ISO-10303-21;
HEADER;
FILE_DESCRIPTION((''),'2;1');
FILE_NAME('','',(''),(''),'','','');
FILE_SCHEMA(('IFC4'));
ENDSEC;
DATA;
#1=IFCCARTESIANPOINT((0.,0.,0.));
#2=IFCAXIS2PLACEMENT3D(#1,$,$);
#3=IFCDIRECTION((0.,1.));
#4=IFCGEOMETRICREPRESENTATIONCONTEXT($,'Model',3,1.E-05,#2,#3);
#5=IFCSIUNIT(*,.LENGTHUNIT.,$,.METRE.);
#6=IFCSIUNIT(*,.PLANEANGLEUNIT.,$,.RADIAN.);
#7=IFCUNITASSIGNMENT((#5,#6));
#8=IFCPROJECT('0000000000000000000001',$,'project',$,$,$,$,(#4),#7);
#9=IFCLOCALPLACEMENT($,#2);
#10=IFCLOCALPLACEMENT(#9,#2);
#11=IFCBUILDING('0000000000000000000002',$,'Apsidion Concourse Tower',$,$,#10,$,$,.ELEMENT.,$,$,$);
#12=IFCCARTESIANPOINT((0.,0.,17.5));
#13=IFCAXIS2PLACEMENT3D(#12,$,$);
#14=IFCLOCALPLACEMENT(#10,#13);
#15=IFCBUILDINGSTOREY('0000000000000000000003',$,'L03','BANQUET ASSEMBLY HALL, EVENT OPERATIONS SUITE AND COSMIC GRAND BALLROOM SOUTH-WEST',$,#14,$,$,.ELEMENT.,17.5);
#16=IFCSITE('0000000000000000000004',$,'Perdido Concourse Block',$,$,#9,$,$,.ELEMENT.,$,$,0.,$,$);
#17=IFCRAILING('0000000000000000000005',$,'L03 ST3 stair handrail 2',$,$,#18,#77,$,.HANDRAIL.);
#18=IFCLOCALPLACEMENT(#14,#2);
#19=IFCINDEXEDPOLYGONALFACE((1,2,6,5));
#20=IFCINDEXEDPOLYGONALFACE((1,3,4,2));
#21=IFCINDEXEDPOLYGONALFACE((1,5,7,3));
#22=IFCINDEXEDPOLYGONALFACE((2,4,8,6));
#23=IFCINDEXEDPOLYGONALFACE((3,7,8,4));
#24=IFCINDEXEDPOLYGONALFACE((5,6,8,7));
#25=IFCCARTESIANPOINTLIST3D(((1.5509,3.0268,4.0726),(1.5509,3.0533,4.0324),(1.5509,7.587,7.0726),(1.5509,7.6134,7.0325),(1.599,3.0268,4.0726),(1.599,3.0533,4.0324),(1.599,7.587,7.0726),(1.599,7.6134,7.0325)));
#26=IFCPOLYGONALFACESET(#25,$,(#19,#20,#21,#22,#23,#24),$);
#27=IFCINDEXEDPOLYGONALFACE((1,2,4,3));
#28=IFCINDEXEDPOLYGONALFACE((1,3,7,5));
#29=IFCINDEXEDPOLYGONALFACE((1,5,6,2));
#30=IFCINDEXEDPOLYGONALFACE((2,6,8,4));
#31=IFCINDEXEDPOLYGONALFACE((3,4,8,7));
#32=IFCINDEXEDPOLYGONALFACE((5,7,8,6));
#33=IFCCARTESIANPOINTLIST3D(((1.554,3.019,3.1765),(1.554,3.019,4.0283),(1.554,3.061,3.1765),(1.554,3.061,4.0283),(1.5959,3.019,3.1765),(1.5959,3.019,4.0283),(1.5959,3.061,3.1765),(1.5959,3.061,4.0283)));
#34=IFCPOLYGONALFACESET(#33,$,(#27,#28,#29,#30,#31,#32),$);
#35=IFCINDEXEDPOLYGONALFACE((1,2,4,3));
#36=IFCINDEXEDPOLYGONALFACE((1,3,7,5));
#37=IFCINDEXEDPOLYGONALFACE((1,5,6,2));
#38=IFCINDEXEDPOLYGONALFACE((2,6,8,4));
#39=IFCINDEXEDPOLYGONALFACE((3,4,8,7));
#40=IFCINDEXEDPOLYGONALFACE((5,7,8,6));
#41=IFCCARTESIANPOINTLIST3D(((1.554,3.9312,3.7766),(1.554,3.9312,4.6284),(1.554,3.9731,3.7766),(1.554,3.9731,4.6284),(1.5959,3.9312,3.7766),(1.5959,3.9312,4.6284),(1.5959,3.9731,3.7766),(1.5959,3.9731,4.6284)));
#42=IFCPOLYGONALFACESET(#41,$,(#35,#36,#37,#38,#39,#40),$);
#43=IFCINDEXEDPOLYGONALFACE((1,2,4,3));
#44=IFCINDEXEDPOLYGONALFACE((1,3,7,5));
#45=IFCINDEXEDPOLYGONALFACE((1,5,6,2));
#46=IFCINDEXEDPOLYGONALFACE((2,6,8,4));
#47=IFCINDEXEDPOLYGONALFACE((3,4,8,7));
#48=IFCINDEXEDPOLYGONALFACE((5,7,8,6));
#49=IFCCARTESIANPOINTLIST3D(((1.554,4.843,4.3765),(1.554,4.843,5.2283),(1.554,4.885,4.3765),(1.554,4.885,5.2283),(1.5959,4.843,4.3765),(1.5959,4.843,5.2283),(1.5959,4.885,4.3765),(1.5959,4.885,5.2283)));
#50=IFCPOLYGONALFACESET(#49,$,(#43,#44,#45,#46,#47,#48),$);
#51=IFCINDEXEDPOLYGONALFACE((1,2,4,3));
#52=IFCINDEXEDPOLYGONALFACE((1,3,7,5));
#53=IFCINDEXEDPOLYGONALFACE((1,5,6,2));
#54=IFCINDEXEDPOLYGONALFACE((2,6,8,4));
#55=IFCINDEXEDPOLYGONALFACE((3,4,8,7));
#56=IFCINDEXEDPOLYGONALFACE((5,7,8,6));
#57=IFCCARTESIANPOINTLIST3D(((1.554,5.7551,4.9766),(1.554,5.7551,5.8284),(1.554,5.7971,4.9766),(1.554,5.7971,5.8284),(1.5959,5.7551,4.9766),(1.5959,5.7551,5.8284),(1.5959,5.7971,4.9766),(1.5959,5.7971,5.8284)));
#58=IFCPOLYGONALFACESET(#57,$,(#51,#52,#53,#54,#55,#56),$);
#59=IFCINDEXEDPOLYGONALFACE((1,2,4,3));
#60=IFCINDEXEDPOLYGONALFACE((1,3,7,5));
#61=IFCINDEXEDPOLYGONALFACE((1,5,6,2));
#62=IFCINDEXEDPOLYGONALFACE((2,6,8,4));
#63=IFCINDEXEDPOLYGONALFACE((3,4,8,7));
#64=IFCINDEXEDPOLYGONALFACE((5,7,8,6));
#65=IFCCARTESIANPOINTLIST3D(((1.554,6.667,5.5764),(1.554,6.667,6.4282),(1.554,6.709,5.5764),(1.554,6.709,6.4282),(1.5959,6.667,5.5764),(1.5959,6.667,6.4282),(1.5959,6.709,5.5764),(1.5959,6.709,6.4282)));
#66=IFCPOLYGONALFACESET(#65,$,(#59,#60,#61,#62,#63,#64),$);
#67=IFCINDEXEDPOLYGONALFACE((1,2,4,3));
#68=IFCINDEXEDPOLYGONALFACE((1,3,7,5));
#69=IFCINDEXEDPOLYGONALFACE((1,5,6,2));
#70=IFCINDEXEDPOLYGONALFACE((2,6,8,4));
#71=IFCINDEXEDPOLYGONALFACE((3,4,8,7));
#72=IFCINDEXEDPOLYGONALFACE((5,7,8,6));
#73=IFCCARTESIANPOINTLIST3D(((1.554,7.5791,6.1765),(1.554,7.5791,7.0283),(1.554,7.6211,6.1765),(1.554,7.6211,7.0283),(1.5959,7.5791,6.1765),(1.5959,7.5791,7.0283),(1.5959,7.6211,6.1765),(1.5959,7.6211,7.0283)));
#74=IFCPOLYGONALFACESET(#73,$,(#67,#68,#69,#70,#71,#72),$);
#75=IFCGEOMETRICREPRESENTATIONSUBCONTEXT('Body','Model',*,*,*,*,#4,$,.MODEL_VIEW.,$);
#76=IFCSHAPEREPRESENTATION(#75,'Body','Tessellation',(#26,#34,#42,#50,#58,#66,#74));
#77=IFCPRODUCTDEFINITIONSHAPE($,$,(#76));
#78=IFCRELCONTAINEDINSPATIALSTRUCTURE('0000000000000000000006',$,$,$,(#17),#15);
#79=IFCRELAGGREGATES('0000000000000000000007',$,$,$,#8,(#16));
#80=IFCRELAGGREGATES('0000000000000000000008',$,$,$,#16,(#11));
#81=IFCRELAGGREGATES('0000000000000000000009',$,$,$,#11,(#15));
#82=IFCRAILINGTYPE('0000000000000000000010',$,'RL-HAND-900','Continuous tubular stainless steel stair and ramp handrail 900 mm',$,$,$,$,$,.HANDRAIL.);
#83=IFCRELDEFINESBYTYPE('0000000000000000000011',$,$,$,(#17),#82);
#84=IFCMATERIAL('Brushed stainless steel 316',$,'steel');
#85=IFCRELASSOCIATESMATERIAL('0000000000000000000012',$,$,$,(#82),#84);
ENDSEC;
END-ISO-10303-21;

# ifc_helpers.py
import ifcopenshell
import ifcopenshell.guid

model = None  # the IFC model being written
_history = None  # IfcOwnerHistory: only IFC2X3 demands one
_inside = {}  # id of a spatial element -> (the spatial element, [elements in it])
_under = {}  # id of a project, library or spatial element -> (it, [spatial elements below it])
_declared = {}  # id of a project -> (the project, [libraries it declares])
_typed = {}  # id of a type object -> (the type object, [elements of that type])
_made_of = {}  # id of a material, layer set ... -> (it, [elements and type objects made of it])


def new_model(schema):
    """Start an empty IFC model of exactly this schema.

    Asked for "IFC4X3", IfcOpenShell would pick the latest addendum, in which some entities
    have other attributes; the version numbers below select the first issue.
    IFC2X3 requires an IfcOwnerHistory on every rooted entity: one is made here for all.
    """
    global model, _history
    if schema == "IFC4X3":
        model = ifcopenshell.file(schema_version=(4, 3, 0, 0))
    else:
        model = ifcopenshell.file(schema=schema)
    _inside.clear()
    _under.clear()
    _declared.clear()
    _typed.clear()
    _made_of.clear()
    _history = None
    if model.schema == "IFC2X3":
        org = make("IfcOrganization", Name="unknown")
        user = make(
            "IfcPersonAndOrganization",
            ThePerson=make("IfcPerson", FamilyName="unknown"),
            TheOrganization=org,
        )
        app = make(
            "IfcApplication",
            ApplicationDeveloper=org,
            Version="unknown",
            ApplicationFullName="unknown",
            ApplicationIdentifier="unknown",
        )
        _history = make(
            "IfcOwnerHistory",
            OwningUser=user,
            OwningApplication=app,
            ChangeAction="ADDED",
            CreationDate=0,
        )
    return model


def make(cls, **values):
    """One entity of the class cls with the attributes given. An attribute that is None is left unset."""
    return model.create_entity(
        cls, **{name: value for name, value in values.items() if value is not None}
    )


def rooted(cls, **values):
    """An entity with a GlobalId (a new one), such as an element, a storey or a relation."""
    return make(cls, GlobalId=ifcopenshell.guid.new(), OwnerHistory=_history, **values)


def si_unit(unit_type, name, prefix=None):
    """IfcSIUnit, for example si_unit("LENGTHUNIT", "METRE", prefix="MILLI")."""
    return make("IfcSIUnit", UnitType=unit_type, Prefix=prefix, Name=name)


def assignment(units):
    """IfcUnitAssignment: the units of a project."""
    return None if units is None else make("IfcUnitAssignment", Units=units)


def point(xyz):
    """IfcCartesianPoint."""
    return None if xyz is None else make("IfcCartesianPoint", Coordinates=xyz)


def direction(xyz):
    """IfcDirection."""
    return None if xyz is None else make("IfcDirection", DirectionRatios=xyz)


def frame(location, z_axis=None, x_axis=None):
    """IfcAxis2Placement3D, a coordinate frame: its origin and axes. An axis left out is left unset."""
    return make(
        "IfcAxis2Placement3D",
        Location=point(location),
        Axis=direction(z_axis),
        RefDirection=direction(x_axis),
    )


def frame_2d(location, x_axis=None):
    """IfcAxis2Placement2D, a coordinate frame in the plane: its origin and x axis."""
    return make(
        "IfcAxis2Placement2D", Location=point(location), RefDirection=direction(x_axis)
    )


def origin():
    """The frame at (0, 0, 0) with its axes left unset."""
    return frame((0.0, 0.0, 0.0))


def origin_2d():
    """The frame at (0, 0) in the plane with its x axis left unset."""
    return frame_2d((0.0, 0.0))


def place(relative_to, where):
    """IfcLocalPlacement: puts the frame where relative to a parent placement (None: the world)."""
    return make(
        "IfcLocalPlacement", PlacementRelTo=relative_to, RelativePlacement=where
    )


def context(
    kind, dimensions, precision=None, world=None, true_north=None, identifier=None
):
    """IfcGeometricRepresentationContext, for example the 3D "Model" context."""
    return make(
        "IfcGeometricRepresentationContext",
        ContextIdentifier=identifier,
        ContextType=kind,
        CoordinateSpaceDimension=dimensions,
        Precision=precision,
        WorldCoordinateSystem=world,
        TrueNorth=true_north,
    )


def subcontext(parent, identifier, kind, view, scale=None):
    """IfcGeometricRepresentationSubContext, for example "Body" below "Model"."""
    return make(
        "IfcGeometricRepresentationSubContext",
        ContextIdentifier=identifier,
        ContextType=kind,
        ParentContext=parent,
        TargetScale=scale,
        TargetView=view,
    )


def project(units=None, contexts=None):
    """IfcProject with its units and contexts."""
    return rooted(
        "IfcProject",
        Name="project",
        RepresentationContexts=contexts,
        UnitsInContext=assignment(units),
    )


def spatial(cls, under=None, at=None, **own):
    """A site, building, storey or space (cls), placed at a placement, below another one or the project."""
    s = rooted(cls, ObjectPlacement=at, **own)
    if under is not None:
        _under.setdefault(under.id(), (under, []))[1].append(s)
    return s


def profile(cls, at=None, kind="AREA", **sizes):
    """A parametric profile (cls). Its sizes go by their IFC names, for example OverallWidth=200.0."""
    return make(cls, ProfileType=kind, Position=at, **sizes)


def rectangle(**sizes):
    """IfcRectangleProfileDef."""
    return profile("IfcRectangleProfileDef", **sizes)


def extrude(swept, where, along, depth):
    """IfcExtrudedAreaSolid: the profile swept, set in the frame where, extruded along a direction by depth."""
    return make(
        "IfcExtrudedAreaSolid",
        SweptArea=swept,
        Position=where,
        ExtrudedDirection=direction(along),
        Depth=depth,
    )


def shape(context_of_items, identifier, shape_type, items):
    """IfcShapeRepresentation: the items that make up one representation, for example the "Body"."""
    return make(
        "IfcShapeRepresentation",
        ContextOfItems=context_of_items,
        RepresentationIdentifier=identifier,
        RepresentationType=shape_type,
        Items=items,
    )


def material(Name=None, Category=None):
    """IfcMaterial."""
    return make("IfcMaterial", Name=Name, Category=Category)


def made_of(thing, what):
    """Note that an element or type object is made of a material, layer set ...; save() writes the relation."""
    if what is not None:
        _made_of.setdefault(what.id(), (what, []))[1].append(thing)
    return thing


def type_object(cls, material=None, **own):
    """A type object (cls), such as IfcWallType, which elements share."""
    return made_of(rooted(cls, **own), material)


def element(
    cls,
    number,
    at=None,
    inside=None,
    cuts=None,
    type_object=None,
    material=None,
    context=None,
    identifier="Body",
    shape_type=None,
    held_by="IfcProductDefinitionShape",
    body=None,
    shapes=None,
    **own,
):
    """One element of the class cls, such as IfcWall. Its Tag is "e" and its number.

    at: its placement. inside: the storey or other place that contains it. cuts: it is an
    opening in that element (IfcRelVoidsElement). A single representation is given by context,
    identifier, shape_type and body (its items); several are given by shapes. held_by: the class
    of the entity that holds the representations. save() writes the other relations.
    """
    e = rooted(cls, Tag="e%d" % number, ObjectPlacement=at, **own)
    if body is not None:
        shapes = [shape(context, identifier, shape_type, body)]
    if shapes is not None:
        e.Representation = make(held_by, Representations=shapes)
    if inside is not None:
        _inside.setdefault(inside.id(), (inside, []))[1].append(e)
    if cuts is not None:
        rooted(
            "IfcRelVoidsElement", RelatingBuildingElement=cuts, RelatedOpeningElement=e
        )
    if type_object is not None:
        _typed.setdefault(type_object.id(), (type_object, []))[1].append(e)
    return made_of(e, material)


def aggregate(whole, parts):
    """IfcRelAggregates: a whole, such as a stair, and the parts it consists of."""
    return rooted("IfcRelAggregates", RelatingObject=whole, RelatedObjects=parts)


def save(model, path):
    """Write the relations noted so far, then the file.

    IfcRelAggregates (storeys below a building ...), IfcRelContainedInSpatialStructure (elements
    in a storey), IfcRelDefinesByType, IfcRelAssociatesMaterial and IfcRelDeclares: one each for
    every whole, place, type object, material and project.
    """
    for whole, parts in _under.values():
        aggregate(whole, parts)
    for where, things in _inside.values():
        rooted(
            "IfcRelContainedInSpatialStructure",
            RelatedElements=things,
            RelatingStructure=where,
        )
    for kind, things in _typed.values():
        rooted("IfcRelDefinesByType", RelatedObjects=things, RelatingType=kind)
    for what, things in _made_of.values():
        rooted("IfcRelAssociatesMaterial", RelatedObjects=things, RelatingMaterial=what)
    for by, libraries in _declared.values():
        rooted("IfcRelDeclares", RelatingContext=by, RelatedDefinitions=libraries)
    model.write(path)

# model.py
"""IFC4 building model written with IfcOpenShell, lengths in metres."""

from ifc_helpers import new_model, si_unit, direction, frame, origin, origin_2d, place, context, subcontext, project, spatial, rectangle, extrude, material, type_object, element, save


model = new_model("IFC4")

# Units and contexts
model_context = context("Model", 3, precision=1e-05, world=origin(), true_north=direction((0.0, 1.0)))
body_context = subcontext(model_context, "Body", "Model", "MODEL_VIEW")
ifc_project = project(units=[si_unit("LENGTHUNIT", "METRE"), si_unit("PLANEANGLEUNIT", "RADIAN")], contexts=[model_context])

# Site, building, storey
site_placement = place(None, origin())
site = spatial("IfcSite", under=ifc_project, at=site_placement, Name="Perdido Concourse Block", CompositionType="ELEMENT", RefElevation=0.0)
building_placement = place(site_placement, origin())
building = spatial("IfcBuilding", under=site, at=building_placement, Name="Apsidion Concourse Tower", CompositionType="ELEMENT")
storey_placement = place(building_placement, frame((0.0, 0.0, 17.5)))
storey = spatial("IfcBuildingStorey", under=building, at=storey_placement, Name="L03", Description="BANQUET ASSEMBLY HALL, EVENT OPERATIONS SUITE AND COSMIC GRAND BALLROOM SOUTH-WEST", CompositionType="ELEMENT", Elevation=17.5)

# Shared definitions
ifc_material_1 = material(Name="Brushed stainless steel 316", Category="steel")

# Railing
railing_type_1 = type_object("IfcRailingType", Name="RL-HAND-900", Description="Continuous tubular stainless steel stair and ramp handrail 900 mm", PredefinedType="HANDRAIL", material=ifc_material_1)
railing_1_placement = place(storey_placement, frame((1.575, 3.04, 3.1765)))
element("IfcRailing", 1, at=railing_1_placement, inside=storey, type_object=railing_type_1, Name="L03 ST3 stair handrail 2", PredefinedType="HANDRAIL", context=body_context, shape_type="SweptSolid", body=[
    extrude(rectangle(XDim=0.0481, YDim=0.0481, at=origin_2d()), frame((0.0, 0.0, 0.876), z_axis=(0.0, 0.83542, 0.549612), x_axis=(-1.0, 0.0, 0.0)), (0.0, 0.0, 1.0), 5.4585),
    extrude(rectangle(XDim=0.042, YDim=0.042, at=origin_2d()), origin(), (0.0, 0.0, 1.0), 0.8518),
    extrude(rectangle(XDim=0.042, YDim=0.042, at=origin_2d()), frame((0.0, 0.9121, 0.6001)), (0.0, 0.0, 1.0), 0.8518),
    extrude(rectangle(XDim=0.042, YDim=0.042, at=origin_2d()), frame((0.0, 1.824, 1.2)), (0.0, 0.0, 1.0), 0.8518),
    extrude(rectangle(XDim=0.042, YDim=0.042, at=origin_2d()), frame((0.0, 2.7361, 1.8)), (0.0, 0.0, 1.0), 0.8518),
    extrude(rectangle(XDim=0.042, YDim=0.042, at=origin_2d()), frame((0.0, 3.6479, 2.3999)), (0.0, 0.0, 1.0), 0.8518),
    extrude(rectangle(XDim=0.042, YDim=0.042, at=origin_2d()), frame((0.0, 4.5601, 3.0)), (0.0, 0.0, 1.0), 0.8518),
])

save(model, "model.ifc")
